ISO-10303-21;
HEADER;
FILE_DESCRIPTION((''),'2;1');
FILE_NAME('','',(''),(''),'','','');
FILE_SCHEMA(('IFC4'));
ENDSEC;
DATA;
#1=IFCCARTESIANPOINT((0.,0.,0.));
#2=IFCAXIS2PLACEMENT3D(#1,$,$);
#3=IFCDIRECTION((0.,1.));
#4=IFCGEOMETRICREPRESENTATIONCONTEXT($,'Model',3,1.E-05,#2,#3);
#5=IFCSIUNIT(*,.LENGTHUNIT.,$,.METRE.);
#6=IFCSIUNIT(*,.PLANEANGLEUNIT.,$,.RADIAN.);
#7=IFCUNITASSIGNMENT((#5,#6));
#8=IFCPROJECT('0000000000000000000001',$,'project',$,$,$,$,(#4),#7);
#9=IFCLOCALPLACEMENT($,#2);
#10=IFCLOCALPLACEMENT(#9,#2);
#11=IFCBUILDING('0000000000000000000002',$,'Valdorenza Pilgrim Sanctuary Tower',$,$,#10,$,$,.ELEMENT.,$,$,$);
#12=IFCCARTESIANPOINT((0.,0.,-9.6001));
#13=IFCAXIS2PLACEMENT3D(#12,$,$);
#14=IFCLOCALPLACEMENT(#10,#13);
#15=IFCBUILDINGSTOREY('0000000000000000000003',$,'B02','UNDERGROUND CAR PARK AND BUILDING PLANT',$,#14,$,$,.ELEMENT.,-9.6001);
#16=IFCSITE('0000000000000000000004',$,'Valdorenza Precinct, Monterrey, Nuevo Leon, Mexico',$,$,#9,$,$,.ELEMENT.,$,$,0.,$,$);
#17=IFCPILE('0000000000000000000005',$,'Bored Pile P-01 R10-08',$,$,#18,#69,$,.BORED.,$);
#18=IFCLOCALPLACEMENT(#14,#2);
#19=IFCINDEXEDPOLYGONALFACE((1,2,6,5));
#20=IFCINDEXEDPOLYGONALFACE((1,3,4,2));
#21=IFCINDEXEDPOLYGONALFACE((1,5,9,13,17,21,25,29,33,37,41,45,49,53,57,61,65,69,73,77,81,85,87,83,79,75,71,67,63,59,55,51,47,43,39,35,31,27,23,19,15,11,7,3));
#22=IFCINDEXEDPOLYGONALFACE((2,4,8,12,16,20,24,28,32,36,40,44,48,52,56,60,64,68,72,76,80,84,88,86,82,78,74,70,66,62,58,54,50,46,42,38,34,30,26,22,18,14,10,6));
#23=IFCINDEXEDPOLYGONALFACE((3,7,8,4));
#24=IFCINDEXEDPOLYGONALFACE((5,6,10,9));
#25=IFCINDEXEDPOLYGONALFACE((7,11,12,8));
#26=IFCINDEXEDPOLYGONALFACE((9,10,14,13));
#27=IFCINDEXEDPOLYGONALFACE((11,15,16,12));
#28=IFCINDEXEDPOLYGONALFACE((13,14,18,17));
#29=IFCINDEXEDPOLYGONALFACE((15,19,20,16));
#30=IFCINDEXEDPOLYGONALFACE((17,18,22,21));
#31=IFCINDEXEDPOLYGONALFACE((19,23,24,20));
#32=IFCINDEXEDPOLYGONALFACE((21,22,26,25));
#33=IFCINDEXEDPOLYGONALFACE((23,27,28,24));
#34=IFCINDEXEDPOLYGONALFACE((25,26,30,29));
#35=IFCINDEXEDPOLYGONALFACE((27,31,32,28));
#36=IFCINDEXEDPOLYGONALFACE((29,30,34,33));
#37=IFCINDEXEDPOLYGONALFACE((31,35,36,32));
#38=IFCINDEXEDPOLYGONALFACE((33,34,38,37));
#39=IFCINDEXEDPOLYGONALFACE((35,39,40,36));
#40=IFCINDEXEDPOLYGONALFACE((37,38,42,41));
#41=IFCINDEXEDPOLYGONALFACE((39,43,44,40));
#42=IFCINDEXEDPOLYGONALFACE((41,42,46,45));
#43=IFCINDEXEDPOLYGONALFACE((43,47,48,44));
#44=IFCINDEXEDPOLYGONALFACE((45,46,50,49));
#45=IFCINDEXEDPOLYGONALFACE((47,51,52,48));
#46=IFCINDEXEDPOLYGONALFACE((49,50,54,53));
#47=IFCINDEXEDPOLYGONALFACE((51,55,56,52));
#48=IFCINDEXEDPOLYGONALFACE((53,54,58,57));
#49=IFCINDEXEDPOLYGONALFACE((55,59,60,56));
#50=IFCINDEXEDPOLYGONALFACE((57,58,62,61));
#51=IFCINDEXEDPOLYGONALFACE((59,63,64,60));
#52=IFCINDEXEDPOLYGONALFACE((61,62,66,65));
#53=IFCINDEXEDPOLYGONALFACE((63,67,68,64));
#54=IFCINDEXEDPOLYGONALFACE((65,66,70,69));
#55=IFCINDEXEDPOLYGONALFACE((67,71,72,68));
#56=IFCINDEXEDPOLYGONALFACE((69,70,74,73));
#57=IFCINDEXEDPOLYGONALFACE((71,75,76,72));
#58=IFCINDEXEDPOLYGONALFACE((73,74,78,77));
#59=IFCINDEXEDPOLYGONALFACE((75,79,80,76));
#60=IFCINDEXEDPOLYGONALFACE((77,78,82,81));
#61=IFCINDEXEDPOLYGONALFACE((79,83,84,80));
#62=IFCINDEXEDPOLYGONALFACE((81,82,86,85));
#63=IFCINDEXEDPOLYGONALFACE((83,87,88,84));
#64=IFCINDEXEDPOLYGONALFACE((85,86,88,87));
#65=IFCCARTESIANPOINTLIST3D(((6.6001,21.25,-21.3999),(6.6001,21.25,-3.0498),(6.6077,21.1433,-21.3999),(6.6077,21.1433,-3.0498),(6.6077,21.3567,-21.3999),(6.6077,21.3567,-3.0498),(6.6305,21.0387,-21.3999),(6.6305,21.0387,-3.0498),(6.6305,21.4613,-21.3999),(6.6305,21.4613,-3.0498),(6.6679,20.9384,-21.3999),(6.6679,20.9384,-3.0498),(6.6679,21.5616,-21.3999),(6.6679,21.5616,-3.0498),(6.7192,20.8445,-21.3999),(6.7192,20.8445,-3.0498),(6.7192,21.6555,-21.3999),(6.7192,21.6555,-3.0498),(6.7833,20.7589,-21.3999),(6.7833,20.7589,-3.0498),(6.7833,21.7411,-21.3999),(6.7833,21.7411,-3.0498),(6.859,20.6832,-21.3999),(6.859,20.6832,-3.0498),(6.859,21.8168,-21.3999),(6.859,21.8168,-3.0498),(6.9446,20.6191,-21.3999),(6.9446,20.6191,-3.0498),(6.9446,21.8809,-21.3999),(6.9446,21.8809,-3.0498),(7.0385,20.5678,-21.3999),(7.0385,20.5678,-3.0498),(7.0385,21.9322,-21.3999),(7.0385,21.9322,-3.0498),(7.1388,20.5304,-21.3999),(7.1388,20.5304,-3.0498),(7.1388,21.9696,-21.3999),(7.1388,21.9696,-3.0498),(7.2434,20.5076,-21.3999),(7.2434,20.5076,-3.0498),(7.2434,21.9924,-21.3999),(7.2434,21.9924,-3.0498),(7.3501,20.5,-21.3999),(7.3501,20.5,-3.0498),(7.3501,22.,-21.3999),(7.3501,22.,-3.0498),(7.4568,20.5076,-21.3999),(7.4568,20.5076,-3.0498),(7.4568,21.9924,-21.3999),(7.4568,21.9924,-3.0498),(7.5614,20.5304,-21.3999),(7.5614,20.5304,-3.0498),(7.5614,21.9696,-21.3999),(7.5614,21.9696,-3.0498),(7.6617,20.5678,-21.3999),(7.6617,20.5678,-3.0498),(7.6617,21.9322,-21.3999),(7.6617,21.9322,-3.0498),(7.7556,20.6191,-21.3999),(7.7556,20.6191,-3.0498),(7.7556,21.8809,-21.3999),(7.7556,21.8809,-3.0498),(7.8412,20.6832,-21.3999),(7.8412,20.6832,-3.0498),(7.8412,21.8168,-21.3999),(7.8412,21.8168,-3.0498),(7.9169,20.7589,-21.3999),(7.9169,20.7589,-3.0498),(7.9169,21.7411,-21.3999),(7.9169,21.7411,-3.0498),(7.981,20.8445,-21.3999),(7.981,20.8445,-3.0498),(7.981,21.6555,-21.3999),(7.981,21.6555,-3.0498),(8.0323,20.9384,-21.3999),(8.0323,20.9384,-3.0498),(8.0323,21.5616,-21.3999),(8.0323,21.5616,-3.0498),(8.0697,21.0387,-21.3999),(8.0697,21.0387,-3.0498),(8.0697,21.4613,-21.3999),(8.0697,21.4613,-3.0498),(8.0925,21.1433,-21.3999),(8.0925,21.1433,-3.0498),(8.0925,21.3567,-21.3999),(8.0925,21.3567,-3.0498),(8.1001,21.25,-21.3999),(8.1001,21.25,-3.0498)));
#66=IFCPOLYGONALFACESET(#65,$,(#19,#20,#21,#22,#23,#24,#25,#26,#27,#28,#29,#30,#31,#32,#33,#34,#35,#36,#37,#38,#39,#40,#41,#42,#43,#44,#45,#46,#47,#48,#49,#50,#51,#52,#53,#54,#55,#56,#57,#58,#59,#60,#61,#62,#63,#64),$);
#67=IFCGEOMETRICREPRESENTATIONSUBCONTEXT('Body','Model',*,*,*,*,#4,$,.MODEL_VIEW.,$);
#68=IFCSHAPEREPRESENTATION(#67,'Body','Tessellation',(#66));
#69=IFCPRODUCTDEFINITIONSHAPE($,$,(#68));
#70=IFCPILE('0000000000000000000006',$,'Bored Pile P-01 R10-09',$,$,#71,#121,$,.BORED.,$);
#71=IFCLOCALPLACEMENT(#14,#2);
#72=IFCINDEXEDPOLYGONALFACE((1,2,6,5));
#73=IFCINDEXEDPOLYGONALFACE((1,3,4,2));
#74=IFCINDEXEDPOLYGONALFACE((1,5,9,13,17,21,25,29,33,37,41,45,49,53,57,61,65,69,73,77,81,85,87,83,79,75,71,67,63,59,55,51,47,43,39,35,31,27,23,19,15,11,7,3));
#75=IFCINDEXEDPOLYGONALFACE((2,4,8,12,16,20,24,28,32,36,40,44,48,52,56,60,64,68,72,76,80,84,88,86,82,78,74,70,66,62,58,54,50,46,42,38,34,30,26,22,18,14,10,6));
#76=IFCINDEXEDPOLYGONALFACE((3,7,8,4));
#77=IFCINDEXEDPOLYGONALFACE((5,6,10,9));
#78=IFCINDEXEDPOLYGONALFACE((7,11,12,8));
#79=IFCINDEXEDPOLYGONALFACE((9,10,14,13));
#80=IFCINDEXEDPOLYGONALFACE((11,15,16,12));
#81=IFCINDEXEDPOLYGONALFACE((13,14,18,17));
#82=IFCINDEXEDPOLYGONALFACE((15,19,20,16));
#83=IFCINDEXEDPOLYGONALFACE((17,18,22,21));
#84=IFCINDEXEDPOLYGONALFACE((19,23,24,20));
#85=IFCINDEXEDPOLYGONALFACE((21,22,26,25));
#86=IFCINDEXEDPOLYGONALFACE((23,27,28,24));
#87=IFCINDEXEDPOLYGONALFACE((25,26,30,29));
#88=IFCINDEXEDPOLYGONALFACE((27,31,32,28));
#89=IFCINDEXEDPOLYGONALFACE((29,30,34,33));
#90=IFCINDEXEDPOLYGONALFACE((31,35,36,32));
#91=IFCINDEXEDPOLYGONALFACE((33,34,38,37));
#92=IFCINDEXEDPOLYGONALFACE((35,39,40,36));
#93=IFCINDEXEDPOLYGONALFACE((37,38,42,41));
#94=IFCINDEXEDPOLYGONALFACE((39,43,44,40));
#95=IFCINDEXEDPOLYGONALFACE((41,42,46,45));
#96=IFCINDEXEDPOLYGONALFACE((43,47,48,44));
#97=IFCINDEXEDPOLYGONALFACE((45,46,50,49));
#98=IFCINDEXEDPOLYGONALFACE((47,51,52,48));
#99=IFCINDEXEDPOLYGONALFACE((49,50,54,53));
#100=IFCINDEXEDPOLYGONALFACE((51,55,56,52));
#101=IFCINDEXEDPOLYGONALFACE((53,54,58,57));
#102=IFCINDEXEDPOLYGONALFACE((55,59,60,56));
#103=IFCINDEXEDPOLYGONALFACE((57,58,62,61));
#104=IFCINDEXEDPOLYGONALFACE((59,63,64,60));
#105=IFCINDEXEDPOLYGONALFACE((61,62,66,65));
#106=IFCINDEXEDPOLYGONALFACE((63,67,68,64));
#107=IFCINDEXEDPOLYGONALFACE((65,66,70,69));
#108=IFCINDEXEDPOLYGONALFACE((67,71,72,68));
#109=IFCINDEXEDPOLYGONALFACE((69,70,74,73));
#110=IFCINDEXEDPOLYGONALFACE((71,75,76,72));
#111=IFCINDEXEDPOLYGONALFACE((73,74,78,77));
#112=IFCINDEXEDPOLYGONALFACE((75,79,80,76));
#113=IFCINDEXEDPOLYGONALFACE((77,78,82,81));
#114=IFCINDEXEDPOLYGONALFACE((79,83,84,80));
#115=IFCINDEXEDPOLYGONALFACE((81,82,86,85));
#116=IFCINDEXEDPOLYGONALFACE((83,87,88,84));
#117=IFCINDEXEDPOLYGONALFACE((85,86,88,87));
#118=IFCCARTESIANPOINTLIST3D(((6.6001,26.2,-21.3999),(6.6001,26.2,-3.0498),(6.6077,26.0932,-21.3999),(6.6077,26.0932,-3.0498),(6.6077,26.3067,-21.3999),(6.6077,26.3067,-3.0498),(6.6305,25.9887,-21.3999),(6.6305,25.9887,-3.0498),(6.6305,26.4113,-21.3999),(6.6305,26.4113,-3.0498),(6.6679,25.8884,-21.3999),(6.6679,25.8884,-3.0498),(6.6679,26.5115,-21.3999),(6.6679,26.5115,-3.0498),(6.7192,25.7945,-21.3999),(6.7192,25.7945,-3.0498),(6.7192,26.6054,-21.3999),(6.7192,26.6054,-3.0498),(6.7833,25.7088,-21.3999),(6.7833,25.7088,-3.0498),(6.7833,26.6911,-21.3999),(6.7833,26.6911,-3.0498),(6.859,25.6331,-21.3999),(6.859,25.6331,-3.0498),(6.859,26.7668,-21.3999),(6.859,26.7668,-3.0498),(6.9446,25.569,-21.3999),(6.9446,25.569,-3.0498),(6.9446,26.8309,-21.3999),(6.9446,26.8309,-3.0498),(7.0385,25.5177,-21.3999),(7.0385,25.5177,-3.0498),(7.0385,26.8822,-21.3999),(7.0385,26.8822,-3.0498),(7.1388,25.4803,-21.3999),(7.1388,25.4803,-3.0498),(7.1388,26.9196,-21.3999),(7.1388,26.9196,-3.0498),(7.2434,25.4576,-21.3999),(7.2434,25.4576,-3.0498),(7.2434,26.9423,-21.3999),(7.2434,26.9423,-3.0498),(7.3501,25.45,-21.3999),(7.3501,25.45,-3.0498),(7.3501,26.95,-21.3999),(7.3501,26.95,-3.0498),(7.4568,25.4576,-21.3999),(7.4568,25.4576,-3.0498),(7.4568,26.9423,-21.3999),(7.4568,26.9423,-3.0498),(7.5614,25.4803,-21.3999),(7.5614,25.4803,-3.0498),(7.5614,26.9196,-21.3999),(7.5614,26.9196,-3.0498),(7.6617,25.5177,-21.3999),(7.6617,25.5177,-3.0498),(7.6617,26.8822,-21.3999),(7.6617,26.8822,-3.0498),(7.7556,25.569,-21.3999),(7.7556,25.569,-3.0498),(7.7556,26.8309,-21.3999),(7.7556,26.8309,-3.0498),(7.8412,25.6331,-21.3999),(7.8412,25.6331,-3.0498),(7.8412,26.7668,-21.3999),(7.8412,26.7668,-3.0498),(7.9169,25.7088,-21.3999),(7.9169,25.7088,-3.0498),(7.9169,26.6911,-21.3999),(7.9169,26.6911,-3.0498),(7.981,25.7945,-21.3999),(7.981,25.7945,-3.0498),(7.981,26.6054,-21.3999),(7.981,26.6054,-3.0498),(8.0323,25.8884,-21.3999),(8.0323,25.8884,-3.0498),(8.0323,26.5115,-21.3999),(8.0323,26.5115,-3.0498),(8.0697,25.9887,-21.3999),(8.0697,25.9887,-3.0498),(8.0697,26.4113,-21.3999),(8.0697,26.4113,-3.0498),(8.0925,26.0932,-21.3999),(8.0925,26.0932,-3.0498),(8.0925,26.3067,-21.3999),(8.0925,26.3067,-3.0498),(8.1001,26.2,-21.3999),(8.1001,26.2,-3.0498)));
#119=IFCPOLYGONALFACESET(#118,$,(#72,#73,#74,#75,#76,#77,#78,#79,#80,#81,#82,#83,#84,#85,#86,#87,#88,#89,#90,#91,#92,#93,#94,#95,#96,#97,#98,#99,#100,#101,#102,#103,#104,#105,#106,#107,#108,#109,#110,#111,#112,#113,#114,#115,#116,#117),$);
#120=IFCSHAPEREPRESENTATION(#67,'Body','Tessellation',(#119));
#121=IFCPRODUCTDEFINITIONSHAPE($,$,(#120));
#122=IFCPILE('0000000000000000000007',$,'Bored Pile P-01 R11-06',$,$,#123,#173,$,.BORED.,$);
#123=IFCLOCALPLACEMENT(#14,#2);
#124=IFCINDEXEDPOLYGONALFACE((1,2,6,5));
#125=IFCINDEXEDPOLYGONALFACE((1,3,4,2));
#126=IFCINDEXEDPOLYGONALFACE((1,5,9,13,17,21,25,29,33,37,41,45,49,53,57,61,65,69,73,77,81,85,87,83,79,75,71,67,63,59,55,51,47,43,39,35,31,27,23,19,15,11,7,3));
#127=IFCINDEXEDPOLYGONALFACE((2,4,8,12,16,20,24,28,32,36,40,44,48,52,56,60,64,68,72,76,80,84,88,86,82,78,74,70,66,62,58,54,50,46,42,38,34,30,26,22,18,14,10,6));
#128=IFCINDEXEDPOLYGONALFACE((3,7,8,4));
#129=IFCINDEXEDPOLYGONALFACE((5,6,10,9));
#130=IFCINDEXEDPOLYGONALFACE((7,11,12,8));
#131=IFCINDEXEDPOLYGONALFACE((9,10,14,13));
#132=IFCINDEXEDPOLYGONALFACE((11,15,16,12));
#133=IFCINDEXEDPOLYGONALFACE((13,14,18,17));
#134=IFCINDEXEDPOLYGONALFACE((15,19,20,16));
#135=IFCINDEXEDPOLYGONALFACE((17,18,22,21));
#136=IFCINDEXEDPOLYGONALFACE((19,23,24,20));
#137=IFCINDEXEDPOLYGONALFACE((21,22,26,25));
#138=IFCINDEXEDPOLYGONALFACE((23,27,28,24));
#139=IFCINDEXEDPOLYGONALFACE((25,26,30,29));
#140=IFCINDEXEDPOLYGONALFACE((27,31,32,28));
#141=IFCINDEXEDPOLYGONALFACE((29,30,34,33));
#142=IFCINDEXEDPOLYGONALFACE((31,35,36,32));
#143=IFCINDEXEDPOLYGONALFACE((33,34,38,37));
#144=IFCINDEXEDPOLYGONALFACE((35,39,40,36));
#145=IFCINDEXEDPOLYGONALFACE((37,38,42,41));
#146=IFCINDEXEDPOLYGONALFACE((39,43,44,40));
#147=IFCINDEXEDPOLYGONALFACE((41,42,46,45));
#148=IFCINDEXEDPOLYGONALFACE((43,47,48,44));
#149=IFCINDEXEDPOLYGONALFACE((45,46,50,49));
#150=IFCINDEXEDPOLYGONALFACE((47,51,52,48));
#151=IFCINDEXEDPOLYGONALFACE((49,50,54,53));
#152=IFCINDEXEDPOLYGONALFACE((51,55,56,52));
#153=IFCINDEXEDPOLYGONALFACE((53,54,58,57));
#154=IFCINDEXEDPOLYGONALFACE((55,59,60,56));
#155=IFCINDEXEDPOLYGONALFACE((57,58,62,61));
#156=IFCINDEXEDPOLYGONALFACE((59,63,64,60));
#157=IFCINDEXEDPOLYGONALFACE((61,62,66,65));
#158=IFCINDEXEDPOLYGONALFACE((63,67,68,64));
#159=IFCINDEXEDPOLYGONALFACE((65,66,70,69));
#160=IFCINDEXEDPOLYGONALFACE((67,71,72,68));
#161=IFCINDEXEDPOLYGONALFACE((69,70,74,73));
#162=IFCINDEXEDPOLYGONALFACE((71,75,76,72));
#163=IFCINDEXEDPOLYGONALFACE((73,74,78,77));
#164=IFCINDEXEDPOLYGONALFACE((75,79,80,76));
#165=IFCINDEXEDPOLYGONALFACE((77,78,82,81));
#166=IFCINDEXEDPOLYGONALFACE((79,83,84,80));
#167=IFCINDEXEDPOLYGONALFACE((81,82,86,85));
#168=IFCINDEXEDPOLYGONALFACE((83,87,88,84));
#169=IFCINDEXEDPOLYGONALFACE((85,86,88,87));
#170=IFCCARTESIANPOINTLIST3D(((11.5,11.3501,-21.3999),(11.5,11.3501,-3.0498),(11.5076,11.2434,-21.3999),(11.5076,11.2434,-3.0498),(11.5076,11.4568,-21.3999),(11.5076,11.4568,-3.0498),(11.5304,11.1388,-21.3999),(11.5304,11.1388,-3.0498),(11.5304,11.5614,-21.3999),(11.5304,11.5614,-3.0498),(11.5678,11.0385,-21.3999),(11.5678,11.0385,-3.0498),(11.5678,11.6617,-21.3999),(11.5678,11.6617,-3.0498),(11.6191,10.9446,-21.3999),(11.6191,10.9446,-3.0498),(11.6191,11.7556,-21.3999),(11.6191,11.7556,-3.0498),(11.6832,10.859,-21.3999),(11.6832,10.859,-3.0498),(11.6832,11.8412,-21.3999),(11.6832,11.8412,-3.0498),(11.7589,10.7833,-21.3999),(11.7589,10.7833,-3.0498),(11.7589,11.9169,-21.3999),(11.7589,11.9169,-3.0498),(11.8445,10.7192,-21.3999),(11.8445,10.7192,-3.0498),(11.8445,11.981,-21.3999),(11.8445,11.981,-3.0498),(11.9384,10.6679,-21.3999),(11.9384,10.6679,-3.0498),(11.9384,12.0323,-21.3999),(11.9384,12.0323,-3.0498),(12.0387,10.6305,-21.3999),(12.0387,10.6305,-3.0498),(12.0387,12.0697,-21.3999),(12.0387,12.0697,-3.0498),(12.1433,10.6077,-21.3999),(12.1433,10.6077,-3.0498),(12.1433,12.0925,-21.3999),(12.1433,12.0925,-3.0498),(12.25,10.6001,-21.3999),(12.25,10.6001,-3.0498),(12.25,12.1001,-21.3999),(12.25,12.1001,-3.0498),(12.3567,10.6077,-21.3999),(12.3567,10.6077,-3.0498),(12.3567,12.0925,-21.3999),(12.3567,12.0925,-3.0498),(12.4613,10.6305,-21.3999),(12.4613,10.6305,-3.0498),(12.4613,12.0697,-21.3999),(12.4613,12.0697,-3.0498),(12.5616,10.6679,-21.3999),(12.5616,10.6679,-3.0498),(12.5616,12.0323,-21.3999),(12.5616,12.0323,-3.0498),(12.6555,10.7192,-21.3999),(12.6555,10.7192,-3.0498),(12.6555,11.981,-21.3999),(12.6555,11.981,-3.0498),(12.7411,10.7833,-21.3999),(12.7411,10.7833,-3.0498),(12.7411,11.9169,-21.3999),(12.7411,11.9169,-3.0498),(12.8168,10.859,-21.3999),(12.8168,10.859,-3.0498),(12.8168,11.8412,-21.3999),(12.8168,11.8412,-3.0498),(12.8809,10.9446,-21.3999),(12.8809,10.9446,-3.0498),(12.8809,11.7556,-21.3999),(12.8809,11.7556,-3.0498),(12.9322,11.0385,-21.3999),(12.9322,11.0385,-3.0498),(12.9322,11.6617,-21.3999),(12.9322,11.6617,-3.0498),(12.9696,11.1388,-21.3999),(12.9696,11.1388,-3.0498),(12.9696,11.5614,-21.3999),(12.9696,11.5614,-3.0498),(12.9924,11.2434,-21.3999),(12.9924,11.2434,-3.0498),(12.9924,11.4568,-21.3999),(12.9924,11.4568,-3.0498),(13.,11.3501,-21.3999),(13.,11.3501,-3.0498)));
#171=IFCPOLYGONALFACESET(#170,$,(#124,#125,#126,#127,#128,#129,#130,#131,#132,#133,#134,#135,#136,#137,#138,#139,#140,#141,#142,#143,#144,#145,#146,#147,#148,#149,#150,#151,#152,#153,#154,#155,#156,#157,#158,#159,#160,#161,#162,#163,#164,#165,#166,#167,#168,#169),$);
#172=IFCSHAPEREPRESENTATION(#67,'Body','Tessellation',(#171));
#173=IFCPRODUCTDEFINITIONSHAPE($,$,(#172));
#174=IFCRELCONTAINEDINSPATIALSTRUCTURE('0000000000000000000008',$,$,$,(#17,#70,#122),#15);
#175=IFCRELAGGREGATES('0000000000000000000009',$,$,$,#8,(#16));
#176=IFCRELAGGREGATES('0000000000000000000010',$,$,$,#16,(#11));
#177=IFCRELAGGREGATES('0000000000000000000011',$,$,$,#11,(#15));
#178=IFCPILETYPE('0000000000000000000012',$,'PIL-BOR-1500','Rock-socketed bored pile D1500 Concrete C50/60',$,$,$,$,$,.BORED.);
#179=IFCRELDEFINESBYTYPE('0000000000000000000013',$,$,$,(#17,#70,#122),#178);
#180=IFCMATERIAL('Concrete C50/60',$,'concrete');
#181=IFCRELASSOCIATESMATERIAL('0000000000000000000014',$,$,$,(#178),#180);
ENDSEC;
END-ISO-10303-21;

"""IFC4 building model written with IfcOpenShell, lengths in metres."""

from ifc_helpers import new_model, si_unit, direction, frame, origin, origin_2d, place, context, subcontext, project, spatial, circle, extrude, source, transform, mapped, material, material_profile, profile_set, type_object, element, save


model = new_model("IFC4")

# Units and contexts
model_context = context("Model", 3, precision=1e-05, world=origin(), true_north=direction((0.0, 1.0)))
body_context = subcontext(model_context, "Body", "Model", "MODEL_VIEW")
ifc_project = project(units=[si_unit("LENGTHUNIT", "METRE"), si_unit("PLANEANGLEUNIT", "RADIAN")], contexts=[model_context])

# Site, building, storey
site_placement = place(None, origin())
site = spatial("IfcSite", under=ifc_project, at=site_placement, Name="Valdorenza Precinct, Monterrey, Nuevo Leon, Mexico", CompositionType="ELEMENT", RefElevation=0.0)
building_placement = place(site_placement, origin())
building = spatial("IfcBuilding", under=site, at=building_placement, Name="Valdorenza Pilgrim Sanctuary Tower", CompositionType="ELEMENT")
storey_placement = place(building_placement, frame((0.0, 0.0, -9.6001)))
storey = spatial("IfcBuildingStorey", under=building, at=storey_placement, Name="B02", Description="UNDERGROUND CAR PARK AND BUILDING PLANT", CompositionType="ELEMENT", Elevation=-9.6001)

# Piles
ifc_material_1 = material(Name="Concrete C50/60", Category="concrete")
ifc_material_profile_1 = material_profile(ifc_material_1, circle(Radius=0.75, at=origin_2d()), Name="BORED PILE 1500")
ifc_profile_set_1 = profile_set([ifc_material_profile_1], Name="Concrete C50/60")
pile_type = type_object("IfcPileType", Name="PIL-BOR-1500", Description="Rock-socketed bored pile D1500 Concrete C50/60", PredefinedType="BORED", material=ifc_profile_set_1)
shared_shape_1 = source(origin(), body_context, "Body", "SweptSolid", [
    extrude(circle(Radius=0.75, at=origin_2d()), origin(), (0.0, 0.0, 1.0), 18.3501),
])
for number, where, z_axis, x_axis, name in (
    (1, (7.3501, 21.25, -3.0498), (0.0, 0.0, -1.0), (1.0, 0.0, 0.0), "Bored Pile P-01 R10-08"),
    (2, (7.3501, 26.2, -3.0498), (0.0, 0.0, -1.0), (1.0, 0.0, 0.0), "Bored Pile P-01 R10-09"),
    (3, (12.25, 11.3501, -3.0498), (0.0, 0.0, -1.0), (1.0, 0.0, 0.0), "Bored Pile P-01 R11-06"),
):
    element("IfcPile", number, at=place(storey_placement, frame(where, z_axis=z_axis, x_axis=x_axis)), inside=storey, type_object=pile_type, Name=name, PredefinedType="BORED", context=body_context, shape_type="MappedRepresentation", body=[
        mapped(shared_shape_1, transform((0.0, 0.0, 0.0), x_axis=(1.0, 0.0, 0.0), y_axis=(0.0, 1.0, 0.0), z_axis=(0.0, 0.0, 1.0), scale=1.0)),
    ])

save(model, "model.ifc")
